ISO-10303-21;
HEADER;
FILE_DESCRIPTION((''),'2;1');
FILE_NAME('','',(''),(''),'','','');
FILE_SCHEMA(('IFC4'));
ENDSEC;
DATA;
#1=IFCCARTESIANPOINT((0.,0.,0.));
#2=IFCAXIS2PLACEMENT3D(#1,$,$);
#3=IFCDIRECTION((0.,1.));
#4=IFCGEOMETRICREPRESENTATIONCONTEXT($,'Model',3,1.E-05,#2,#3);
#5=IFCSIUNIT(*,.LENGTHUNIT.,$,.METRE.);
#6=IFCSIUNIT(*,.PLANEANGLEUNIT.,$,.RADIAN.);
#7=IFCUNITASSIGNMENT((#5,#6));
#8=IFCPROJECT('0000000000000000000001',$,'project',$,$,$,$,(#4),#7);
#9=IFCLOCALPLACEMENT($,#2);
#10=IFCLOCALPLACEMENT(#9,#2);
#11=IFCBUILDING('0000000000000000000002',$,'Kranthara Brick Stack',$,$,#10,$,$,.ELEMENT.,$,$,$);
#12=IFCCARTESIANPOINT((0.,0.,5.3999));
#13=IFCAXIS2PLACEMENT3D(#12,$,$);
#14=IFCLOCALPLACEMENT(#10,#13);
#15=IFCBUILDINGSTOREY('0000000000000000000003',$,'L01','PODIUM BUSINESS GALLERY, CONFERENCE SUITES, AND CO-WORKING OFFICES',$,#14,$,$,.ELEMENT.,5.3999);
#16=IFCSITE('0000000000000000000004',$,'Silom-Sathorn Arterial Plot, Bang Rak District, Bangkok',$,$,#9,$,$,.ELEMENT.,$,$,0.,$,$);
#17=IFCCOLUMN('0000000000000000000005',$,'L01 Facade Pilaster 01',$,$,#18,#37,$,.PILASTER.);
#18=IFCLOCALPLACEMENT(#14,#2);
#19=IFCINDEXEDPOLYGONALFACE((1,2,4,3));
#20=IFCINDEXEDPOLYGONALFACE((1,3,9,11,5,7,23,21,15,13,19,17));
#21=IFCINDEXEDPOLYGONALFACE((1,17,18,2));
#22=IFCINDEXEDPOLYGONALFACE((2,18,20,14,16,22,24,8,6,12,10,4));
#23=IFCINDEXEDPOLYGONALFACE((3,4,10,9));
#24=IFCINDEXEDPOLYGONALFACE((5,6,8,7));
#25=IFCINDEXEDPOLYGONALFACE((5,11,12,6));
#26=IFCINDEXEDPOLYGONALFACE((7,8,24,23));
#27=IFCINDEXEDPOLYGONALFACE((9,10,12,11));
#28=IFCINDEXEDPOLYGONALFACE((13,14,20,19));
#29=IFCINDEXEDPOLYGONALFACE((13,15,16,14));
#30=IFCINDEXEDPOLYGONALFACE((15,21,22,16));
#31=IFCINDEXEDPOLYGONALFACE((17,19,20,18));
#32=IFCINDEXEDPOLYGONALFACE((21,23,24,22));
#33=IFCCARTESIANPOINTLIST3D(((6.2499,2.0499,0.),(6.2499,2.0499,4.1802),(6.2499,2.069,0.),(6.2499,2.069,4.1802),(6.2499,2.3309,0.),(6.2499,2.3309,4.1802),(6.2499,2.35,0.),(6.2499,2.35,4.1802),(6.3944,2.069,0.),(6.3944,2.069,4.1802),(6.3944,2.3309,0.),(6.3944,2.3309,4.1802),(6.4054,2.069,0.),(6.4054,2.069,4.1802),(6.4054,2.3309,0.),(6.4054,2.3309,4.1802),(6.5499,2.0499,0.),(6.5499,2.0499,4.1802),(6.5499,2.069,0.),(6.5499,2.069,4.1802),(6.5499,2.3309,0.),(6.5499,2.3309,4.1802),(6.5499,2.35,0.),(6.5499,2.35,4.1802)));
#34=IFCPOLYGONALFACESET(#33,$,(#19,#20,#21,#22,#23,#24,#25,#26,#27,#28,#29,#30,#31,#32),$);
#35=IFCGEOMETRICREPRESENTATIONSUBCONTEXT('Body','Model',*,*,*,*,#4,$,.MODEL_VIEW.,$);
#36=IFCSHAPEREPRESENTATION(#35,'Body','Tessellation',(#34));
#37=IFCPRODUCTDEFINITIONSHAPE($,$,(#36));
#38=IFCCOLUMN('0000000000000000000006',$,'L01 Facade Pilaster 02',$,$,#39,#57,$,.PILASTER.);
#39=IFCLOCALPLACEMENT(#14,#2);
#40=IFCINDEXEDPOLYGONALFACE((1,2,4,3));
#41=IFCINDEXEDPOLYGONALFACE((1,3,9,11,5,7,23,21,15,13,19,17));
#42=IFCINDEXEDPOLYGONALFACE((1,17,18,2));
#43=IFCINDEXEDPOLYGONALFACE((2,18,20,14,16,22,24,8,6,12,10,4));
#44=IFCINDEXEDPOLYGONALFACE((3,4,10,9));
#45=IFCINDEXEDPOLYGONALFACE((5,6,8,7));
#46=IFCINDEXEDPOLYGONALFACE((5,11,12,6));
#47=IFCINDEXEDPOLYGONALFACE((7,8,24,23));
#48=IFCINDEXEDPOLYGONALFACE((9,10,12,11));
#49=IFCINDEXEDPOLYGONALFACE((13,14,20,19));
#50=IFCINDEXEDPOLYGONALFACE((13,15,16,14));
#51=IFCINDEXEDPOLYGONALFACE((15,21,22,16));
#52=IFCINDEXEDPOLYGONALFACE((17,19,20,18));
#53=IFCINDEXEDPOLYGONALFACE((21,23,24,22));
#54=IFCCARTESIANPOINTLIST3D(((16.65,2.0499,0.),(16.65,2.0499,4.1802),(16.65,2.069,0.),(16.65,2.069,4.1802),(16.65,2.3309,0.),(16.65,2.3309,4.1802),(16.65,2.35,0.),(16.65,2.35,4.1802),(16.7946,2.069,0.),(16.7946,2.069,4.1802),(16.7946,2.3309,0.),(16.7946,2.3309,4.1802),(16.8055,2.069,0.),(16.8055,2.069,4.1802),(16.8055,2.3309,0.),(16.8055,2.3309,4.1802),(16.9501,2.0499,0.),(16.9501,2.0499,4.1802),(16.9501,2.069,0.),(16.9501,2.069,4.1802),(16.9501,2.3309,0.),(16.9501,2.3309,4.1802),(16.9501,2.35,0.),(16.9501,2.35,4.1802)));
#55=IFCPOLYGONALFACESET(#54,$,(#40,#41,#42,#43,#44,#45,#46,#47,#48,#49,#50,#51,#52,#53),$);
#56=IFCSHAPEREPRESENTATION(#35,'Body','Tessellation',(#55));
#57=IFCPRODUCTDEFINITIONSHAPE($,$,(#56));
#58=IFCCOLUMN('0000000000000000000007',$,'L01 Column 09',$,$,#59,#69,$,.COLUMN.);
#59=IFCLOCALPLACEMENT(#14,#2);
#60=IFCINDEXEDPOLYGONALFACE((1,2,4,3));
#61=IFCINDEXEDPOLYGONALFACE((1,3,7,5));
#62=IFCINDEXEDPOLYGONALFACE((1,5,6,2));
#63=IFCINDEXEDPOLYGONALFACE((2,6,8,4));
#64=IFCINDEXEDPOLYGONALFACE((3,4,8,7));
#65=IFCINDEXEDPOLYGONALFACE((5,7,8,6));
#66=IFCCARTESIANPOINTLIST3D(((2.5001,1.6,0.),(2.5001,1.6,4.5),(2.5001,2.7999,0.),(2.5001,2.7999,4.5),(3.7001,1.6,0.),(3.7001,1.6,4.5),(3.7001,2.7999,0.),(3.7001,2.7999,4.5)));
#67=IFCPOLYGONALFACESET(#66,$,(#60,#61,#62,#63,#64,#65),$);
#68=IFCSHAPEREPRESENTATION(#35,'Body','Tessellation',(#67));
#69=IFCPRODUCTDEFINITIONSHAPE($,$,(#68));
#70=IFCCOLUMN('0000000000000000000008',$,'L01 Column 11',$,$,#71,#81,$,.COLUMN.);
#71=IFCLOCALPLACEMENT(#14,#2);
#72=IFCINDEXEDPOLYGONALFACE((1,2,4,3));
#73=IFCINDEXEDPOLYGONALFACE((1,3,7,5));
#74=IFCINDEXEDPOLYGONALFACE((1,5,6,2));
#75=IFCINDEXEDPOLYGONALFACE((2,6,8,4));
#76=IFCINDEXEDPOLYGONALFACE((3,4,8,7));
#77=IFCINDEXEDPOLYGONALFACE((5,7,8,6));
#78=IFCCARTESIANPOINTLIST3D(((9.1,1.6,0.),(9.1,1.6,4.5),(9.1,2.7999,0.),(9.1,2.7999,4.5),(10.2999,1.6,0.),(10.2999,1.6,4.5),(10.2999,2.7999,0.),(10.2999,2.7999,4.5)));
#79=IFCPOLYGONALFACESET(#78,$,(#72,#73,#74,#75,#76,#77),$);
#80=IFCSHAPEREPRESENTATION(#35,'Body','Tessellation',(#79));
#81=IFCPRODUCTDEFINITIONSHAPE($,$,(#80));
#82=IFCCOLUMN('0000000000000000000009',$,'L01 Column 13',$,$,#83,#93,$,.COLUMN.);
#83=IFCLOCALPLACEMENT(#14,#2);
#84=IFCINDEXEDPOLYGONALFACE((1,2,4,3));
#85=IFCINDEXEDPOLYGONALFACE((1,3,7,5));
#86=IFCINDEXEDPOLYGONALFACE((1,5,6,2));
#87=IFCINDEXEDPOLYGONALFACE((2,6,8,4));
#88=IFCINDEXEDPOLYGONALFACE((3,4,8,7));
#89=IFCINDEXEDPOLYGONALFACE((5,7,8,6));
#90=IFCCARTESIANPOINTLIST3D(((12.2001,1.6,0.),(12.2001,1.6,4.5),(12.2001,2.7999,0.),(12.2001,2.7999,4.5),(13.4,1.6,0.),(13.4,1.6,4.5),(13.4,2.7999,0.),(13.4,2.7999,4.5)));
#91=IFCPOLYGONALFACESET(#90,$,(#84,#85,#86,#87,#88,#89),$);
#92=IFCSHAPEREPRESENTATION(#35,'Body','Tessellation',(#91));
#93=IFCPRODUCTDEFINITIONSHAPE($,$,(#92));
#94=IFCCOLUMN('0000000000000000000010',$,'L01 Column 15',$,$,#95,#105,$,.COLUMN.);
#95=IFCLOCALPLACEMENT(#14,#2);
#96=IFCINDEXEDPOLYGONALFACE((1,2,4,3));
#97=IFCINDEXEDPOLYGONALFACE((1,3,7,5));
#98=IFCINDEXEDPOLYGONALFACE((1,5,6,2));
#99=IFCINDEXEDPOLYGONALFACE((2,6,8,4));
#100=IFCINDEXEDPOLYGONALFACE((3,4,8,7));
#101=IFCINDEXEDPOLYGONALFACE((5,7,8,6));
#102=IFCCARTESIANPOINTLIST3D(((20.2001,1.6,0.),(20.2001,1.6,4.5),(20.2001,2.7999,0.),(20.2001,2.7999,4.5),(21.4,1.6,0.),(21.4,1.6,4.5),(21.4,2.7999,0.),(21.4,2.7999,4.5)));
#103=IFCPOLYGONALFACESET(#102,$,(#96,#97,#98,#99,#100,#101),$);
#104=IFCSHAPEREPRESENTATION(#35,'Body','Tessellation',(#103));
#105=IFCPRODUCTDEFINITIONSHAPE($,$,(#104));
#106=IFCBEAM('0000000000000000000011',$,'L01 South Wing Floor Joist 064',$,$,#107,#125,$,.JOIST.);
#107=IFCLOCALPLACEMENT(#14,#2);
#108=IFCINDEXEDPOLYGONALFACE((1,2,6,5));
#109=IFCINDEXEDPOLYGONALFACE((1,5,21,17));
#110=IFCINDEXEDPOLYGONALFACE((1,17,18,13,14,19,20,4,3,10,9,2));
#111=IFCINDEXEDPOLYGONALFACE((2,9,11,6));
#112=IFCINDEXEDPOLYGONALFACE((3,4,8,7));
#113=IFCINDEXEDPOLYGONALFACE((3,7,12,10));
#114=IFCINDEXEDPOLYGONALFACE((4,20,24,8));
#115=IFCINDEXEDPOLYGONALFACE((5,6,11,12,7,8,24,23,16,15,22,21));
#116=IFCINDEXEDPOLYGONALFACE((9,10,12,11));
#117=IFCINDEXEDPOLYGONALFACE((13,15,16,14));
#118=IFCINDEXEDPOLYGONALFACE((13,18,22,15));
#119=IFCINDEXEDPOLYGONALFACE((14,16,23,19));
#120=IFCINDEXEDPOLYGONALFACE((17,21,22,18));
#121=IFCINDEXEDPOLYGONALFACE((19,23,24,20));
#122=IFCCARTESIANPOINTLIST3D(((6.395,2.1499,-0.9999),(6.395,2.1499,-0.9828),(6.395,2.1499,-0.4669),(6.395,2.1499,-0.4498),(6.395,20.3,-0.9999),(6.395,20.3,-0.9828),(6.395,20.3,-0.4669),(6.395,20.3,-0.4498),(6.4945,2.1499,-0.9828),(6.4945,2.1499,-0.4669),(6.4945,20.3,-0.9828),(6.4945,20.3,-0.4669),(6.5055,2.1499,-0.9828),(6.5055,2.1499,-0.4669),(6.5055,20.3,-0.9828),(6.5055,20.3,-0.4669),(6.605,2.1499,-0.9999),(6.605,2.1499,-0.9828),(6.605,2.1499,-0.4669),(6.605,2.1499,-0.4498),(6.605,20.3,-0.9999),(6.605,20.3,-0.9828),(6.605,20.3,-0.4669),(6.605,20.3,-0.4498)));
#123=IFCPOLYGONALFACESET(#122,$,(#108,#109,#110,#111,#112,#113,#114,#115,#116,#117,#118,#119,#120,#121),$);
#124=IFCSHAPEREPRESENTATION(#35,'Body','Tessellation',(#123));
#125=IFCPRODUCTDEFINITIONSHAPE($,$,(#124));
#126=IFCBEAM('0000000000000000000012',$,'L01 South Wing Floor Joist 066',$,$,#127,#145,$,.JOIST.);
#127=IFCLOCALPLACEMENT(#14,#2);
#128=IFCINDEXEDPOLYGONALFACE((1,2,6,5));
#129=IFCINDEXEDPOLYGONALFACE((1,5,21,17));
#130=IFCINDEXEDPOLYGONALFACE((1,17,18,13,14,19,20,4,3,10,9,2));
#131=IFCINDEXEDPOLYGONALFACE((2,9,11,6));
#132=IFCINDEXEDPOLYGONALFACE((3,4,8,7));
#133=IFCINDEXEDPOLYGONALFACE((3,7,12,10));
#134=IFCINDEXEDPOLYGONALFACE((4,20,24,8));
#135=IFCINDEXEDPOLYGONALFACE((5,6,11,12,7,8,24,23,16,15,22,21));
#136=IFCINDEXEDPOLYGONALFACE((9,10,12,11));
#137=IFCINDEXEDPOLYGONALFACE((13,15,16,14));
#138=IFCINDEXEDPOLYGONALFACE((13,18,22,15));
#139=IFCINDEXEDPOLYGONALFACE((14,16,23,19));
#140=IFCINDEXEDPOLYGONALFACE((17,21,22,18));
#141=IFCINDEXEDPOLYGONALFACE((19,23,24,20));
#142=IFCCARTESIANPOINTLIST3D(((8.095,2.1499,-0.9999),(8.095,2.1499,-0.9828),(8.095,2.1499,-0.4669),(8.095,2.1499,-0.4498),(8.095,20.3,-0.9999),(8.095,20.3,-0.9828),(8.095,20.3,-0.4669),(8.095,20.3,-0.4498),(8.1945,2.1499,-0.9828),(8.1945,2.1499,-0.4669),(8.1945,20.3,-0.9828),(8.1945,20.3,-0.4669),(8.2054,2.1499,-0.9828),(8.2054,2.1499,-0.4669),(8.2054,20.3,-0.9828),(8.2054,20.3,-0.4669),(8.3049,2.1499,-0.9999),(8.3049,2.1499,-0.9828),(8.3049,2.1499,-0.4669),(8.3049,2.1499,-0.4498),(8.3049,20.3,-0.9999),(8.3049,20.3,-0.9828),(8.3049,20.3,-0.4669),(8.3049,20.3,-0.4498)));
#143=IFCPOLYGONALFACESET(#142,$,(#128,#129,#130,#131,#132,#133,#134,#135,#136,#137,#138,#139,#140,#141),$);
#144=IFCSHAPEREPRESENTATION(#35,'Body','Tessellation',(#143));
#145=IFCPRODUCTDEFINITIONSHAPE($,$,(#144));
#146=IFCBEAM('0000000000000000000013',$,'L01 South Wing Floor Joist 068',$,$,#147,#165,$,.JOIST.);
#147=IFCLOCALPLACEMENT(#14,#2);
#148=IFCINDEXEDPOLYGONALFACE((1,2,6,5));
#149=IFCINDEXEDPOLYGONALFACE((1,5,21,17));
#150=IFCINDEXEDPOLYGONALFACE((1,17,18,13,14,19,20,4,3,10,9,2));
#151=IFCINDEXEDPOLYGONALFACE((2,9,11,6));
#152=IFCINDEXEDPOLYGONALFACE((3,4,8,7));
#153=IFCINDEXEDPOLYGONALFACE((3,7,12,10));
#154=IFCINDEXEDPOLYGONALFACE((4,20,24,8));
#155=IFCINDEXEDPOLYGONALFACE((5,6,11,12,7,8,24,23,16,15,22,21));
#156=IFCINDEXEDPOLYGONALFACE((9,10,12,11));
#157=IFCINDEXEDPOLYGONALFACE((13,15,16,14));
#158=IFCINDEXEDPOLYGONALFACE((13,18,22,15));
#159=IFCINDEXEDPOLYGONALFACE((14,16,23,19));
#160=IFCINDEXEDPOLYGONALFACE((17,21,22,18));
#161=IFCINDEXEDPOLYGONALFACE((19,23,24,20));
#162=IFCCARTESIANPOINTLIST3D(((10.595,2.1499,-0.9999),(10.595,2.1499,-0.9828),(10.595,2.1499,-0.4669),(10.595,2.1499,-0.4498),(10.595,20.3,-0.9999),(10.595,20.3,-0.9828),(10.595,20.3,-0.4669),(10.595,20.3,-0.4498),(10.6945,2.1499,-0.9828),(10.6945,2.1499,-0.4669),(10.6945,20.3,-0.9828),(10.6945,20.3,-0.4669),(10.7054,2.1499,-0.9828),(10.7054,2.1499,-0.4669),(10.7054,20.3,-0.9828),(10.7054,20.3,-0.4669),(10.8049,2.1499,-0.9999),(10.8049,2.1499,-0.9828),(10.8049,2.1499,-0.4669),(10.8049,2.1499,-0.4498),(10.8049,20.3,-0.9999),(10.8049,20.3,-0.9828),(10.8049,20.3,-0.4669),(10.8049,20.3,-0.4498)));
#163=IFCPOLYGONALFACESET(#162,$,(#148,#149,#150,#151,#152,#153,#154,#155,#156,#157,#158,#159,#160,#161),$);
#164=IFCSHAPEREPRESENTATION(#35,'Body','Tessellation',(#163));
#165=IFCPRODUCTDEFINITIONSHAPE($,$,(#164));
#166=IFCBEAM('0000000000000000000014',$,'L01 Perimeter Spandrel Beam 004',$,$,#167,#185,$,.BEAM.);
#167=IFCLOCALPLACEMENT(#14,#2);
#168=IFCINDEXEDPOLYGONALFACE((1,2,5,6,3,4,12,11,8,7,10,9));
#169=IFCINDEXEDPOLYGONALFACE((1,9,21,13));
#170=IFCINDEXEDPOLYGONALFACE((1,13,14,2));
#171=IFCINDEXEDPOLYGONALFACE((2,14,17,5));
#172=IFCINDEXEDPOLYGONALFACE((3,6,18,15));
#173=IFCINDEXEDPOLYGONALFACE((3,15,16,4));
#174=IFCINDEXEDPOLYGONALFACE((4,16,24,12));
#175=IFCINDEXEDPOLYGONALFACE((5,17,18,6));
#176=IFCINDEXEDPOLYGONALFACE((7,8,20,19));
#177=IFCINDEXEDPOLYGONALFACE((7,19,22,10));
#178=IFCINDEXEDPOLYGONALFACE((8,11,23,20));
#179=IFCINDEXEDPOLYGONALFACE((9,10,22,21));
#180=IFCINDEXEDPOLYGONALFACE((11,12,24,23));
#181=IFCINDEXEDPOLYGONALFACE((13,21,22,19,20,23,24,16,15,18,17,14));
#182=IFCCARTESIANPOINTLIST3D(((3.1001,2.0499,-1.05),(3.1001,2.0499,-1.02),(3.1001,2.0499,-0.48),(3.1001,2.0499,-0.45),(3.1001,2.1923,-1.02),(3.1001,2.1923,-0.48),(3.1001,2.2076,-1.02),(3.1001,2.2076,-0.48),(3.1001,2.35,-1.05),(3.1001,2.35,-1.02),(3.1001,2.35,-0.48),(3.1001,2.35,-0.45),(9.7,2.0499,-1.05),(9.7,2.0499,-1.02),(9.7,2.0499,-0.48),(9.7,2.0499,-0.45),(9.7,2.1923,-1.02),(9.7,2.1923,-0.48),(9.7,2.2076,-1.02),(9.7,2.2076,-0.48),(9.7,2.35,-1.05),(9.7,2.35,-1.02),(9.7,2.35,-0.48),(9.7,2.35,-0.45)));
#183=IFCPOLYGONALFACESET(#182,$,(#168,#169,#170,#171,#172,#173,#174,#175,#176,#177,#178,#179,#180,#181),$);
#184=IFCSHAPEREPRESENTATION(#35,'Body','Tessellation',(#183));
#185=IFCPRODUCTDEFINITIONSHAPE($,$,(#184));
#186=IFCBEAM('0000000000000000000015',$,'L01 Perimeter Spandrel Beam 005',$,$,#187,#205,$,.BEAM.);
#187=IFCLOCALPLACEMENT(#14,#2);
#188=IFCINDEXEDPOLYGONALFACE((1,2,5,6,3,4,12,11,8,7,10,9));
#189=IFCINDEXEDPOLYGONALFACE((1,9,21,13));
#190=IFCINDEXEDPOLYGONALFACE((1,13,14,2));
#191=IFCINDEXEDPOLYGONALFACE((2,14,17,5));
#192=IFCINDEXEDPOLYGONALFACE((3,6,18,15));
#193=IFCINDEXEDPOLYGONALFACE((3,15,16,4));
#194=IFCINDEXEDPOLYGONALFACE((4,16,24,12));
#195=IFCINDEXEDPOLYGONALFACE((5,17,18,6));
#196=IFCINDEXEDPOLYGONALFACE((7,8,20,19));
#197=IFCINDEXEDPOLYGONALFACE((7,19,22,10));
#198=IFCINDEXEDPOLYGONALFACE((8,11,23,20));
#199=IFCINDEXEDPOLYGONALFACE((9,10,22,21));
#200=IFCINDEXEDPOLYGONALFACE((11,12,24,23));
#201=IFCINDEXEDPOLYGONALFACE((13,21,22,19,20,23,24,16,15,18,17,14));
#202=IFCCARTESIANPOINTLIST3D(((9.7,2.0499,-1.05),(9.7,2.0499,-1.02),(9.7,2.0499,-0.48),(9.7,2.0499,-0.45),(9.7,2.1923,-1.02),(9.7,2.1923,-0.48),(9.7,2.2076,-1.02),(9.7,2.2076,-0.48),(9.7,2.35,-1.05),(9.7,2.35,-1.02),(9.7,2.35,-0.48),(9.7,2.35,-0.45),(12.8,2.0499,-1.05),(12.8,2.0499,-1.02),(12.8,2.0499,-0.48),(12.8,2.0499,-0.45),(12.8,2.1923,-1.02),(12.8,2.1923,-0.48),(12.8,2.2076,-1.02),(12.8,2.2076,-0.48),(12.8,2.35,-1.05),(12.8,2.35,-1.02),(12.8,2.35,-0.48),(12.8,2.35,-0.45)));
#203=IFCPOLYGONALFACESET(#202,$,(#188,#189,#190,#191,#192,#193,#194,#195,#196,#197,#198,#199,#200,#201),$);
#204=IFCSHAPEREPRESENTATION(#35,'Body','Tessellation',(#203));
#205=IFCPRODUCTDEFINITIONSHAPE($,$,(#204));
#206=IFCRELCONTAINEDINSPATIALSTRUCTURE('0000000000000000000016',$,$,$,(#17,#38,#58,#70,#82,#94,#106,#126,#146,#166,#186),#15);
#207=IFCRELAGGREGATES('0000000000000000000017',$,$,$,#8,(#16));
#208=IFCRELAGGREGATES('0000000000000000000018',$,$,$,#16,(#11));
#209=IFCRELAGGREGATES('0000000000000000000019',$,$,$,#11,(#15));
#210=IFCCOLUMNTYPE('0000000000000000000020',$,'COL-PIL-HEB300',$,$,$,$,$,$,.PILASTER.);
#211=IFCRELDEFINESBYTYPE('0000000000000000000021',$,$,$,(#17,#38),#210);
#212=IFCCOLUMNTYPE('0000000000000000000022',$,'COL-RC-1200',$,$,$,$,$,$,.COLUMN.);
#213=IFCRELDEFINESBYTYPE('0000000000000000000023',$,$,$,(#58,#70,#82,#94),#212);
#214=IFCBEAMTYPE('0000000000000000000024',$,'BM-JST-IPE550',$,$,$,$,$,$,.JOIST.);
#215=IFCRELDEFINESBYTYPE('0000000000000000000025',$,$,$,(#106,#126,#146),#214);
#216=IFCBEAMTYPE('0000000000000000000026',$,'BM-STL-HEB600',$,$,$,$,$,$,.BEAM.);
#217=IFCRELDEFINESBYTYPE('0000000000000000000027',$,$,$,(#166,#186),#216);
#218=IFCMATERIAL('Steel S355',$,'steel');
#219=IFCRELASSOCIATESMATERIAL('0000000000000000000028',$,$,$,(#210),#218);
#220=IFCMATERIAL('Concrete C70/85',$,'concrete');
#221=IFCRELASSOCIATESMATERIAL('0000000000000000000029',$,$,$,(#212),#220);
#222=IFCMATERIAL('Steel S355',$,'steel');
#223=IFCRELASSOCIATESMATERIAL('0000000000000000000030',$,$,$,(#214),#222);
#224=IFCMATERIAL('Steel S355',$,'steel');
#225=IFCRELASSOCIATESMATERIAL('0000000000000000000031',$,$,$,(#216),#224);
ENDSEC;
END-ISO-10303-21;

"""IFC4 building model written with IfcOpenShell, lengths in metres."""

from ifc_helpers import new_model, si_unit, direction, frame, origin, origin_2d, place, context, subcontext, project, spatial, rectangle, i_section, extrude, material, material_profile, profile_set, type_object, element, save


model = new_model("IFC4")

# Units and contexts
model_context = context("Model", 3, precision=1e-05, world=origin(), true_north=direction((0.0, 1.0)))
body_context = subcontext(model_context, "Body", "Model", "MODEL_VIEW")
ifc_project = project(units=[si_unit("LENGTHUNIT", "METRE"), si_unit("PLANEANGLEUNIT", "RADIAN")], contexts=[model_context])

# Site, building, storey
site_placement = place(None, origin())
site = spatial("IfcSite", under=ifc_project, at=site_placement, Name="Silom-Sathorn Arterial Plot, Bang Rak District, Bangkok", CompositionType="ELEMENT", RefElevation=0.0)
building_placement = place(site_placement, origin())
building = spatial("IfcBuilding", under=site, at=building_placement, Name="Kranthara Brick Stack", CompositionType="ELEMENT")
storey_placement = place(building_placement, frame((0.0, 0.0, 5.3999)))
storey = spatial("IfcBuildingStorey", under=building, at=storey_placement, Name="L01", Description="PODIUM BUSINESS GALLERY, CONFERENCE SUITES, AND CO-WORKING OFFICES", CompositionType="ELEMENT", Elevation=5.3999)

# Columns
ifc_material_1 = material(Name="Steel S355", Category="steel")
ifc_material_profile_1 = material_profile(ifc_material_1, i_section(OverallWidth=0.3, OverallDepth=0.3, WebThickness=0.011, FlangeThickness=0.019, at=origin_2d()), Name="HEB 300")
ifc_profile_set_1 = profile_set([ifc_material_profile_1], Name="Steel S355")
column_type_1 = type_object("IfcColumnType", Name="COL-PIL-HEB300", PredefinedType="PILASTER", material=ifc_profile_set_1)
for number, where, z_axis, x_axis, name in (
    (1, (6.3999, 2.2, 0.0), (0.0, 0.0, 1.0), (1.0, 0.0, 0.0), "L01 Facade Pilaster 01"),
    (2, (16.8, 2.2, 0.0), (0.0, 0.0, 1.0), (1.0, 0.0, 0.0), "L01 Facade Pilaster 02"),
):
    element("IfcColumn", number, at=place(storey_placement, frame(where, z_axis=z_axis, x_axis=x_axis)), inside=storey, type_object=column_type_1, Name=name, PredefinedType="PILASTER", context=body_context, shape_type="SweptSolid", body=[
        extrude(i_section(OverallWidth=0.3, OverallDepth=0.3, WebThickness=0.011, FlangeThickness=0.019, at=origin_2d()), origin(), (0.0, 0.0, 1.0), 4.1802),
    ])
ifc_material_2 = material(Name="Concrete C70/85", Category="concrete")
ifc_material_profile_2 = material_profile(ifc_material_2, rectangle(XDim=1.2, YDim=1.2, at=origin_2d()), Name="RC 1200x1200")
ifc_profile_set_2 = profile_set([ifc_material_profile_2], Name="Concrete C70/85")
column_type_2 = type_object("IfcColumnType", Name="COL-RC-1200", PredefinedType="COLUMN", material=ifc_profile_set_2)
for number, where, z_axis, x_axis, name in (
    (3, (3.1001, 2.2, 0.0), (0.0, 0.0, 1.0), (1.0, 0.0, 0.0), "L01 Column 09"),
    (4, (9.7, 2.2, 0.0), (0.0, 0.0, 1.0), (1.0, 0.0, 0.0), "L01 Column 11"),
    (5, (12.8, 2.2, 0.0), (0.0, 0.0, 1.0), (1.0, 0.0, 0.0), "L01 Column 13"),
    (6, (20.8, 2.2, 0.0), (0.0, 0.0, 1.0), (1.0, 0.0, 0.0), "L01 Column 15"),
):
    element("IfcColumn", number, at=place(storey_placement, frame(where, z_axis=z_axis, x_axis=x_axis)), inside=storey, type_object=column_type_2, Name=name, PredefinedType="COLUMN", context=body_context, shape_type="SweptSolid", body=[
        extrude(rectangle(XDim=1.2, YDim=1.2, at=origin_2d()), origin(), (0.0, 0.0, 1.0), 4.5),
    ])

# Beams
ifc_material_3 = material(Name="Steel S355", Category="steel")
ifc_material_profile_3 = material_profile(ifc_material_3, i_section(OverallWidth=0.21, OverallDepth=0.55, WebThickness=0.011, FlangeThickness=0.0171, at=origin_2d()), Name="IPE 550")
ifc_profile_set_3 = profile_set([ifc_material_profile_3], Name="Steel S355")
beam_type_1 = type_object("IfcBeamType", Name="BM-JST-IPE550", PredefinedType="JOIST", material=ifc_profile_set_3)
for number, where, z_axis, x_axis, name in (
    (7, (6.5, 2.1499, -0.7249), (0.0, 1.0, 0.0), (-1.0, 0.0, 0.0), "L01 South Wing Floor Joist 064"),
    (8, (8.2, 2.1499, -0.7249), (0.0, 1.0, 0.0), (-1.0, 0.0, 0.0), "L01 South Wing Floor Joist 066"),
    (9, (10.7, 2.1499, -0.7249), (0.0, 1.0, 0.0), (-1.0, 0.0, 0.0), "L01 South Wing Floor Joist 068"),
):
    element("IfcBeam", number, at=place(storey_placement, frame(where, z_axis=z_axis, x_axis=x_axis)), inside=storey, type_object=beam_type_1, Name=name, PredefinedType="JOIST", context=body_context, shape_type="SweptSolid", body=[
        extrude(i_section(OverallWidth=0.21, OverallDepth=0.55, WebThickness=0.011, FlangeThickness=0.0171, at=origin_2d()), origin(), (0.0, 0.0, 1.0), 18.1501),
    ])
ifc_material_4 = material(Name="Steel S355", Category="steel")
ifc_material_profile_4 = material_profile(ifc_material_4, i_section(OverallWidth=0.3, OverallDepth=0.6001, WebThickness=0.0154, FlangeThickness=0.03, at=origin_2d()), Name="HEB 600")
ifc_profile_set_4 = profile_set([ifc_material_profile_4], Name="Steel S355")
beam_type_2 = type_object("IfcBeamType", Name="BM-STL-HEB600", PredefinedType="BEAM", material=ifc_profile_set_4)
beam_1_placement = place(storey_placement, frame((3.1001, 2.2, -0.75), z_axis=(1.0, 0.0, 0.0), x_axis=(0.0, 1.0, 0.0)))
element("IfcBeam", 10, at=beam_1_placement, inside=storey, type_object=beam_type_2, Name="L01 Perimeter Spandrel Beam 004", PredefinedType="BEAM", context=body_context, shape_type="SweptSolid", body=[
    extrude(i_section(OverallWidth=0.3, OverallDepth=0.6001, WebThickness=0.0154, FlangeThickness=0.03, at=origin_2d()), origin(), (0.0, 0.0, 1.0), 6.5999),
])
beam_2_placement = place(storey_placement, frame((9.7, 2.2, -0.75), z_axis=(1.0, 0.0, 0.0), x_axis=(0.0, 1.0, 0.0)))
element("IfcBeam", 11, at=beam_2_placement, inside=storey, type_object=beam_type_2, Name="L01 Perimeter Spandrel Beam 005", PredefinedType="BEAM", context=body_context, shape_type="SweptSolid", body=[
    extrude(i_section(OverallWidth=0.3, OverallDepth=0.6001, WebThickness=0.0154, FlangeThickness=0.03, at=origin_2d()), origin(), (0.0, 0.0, 1.0), 3.1001),
])

save(model, "model.ifc")
